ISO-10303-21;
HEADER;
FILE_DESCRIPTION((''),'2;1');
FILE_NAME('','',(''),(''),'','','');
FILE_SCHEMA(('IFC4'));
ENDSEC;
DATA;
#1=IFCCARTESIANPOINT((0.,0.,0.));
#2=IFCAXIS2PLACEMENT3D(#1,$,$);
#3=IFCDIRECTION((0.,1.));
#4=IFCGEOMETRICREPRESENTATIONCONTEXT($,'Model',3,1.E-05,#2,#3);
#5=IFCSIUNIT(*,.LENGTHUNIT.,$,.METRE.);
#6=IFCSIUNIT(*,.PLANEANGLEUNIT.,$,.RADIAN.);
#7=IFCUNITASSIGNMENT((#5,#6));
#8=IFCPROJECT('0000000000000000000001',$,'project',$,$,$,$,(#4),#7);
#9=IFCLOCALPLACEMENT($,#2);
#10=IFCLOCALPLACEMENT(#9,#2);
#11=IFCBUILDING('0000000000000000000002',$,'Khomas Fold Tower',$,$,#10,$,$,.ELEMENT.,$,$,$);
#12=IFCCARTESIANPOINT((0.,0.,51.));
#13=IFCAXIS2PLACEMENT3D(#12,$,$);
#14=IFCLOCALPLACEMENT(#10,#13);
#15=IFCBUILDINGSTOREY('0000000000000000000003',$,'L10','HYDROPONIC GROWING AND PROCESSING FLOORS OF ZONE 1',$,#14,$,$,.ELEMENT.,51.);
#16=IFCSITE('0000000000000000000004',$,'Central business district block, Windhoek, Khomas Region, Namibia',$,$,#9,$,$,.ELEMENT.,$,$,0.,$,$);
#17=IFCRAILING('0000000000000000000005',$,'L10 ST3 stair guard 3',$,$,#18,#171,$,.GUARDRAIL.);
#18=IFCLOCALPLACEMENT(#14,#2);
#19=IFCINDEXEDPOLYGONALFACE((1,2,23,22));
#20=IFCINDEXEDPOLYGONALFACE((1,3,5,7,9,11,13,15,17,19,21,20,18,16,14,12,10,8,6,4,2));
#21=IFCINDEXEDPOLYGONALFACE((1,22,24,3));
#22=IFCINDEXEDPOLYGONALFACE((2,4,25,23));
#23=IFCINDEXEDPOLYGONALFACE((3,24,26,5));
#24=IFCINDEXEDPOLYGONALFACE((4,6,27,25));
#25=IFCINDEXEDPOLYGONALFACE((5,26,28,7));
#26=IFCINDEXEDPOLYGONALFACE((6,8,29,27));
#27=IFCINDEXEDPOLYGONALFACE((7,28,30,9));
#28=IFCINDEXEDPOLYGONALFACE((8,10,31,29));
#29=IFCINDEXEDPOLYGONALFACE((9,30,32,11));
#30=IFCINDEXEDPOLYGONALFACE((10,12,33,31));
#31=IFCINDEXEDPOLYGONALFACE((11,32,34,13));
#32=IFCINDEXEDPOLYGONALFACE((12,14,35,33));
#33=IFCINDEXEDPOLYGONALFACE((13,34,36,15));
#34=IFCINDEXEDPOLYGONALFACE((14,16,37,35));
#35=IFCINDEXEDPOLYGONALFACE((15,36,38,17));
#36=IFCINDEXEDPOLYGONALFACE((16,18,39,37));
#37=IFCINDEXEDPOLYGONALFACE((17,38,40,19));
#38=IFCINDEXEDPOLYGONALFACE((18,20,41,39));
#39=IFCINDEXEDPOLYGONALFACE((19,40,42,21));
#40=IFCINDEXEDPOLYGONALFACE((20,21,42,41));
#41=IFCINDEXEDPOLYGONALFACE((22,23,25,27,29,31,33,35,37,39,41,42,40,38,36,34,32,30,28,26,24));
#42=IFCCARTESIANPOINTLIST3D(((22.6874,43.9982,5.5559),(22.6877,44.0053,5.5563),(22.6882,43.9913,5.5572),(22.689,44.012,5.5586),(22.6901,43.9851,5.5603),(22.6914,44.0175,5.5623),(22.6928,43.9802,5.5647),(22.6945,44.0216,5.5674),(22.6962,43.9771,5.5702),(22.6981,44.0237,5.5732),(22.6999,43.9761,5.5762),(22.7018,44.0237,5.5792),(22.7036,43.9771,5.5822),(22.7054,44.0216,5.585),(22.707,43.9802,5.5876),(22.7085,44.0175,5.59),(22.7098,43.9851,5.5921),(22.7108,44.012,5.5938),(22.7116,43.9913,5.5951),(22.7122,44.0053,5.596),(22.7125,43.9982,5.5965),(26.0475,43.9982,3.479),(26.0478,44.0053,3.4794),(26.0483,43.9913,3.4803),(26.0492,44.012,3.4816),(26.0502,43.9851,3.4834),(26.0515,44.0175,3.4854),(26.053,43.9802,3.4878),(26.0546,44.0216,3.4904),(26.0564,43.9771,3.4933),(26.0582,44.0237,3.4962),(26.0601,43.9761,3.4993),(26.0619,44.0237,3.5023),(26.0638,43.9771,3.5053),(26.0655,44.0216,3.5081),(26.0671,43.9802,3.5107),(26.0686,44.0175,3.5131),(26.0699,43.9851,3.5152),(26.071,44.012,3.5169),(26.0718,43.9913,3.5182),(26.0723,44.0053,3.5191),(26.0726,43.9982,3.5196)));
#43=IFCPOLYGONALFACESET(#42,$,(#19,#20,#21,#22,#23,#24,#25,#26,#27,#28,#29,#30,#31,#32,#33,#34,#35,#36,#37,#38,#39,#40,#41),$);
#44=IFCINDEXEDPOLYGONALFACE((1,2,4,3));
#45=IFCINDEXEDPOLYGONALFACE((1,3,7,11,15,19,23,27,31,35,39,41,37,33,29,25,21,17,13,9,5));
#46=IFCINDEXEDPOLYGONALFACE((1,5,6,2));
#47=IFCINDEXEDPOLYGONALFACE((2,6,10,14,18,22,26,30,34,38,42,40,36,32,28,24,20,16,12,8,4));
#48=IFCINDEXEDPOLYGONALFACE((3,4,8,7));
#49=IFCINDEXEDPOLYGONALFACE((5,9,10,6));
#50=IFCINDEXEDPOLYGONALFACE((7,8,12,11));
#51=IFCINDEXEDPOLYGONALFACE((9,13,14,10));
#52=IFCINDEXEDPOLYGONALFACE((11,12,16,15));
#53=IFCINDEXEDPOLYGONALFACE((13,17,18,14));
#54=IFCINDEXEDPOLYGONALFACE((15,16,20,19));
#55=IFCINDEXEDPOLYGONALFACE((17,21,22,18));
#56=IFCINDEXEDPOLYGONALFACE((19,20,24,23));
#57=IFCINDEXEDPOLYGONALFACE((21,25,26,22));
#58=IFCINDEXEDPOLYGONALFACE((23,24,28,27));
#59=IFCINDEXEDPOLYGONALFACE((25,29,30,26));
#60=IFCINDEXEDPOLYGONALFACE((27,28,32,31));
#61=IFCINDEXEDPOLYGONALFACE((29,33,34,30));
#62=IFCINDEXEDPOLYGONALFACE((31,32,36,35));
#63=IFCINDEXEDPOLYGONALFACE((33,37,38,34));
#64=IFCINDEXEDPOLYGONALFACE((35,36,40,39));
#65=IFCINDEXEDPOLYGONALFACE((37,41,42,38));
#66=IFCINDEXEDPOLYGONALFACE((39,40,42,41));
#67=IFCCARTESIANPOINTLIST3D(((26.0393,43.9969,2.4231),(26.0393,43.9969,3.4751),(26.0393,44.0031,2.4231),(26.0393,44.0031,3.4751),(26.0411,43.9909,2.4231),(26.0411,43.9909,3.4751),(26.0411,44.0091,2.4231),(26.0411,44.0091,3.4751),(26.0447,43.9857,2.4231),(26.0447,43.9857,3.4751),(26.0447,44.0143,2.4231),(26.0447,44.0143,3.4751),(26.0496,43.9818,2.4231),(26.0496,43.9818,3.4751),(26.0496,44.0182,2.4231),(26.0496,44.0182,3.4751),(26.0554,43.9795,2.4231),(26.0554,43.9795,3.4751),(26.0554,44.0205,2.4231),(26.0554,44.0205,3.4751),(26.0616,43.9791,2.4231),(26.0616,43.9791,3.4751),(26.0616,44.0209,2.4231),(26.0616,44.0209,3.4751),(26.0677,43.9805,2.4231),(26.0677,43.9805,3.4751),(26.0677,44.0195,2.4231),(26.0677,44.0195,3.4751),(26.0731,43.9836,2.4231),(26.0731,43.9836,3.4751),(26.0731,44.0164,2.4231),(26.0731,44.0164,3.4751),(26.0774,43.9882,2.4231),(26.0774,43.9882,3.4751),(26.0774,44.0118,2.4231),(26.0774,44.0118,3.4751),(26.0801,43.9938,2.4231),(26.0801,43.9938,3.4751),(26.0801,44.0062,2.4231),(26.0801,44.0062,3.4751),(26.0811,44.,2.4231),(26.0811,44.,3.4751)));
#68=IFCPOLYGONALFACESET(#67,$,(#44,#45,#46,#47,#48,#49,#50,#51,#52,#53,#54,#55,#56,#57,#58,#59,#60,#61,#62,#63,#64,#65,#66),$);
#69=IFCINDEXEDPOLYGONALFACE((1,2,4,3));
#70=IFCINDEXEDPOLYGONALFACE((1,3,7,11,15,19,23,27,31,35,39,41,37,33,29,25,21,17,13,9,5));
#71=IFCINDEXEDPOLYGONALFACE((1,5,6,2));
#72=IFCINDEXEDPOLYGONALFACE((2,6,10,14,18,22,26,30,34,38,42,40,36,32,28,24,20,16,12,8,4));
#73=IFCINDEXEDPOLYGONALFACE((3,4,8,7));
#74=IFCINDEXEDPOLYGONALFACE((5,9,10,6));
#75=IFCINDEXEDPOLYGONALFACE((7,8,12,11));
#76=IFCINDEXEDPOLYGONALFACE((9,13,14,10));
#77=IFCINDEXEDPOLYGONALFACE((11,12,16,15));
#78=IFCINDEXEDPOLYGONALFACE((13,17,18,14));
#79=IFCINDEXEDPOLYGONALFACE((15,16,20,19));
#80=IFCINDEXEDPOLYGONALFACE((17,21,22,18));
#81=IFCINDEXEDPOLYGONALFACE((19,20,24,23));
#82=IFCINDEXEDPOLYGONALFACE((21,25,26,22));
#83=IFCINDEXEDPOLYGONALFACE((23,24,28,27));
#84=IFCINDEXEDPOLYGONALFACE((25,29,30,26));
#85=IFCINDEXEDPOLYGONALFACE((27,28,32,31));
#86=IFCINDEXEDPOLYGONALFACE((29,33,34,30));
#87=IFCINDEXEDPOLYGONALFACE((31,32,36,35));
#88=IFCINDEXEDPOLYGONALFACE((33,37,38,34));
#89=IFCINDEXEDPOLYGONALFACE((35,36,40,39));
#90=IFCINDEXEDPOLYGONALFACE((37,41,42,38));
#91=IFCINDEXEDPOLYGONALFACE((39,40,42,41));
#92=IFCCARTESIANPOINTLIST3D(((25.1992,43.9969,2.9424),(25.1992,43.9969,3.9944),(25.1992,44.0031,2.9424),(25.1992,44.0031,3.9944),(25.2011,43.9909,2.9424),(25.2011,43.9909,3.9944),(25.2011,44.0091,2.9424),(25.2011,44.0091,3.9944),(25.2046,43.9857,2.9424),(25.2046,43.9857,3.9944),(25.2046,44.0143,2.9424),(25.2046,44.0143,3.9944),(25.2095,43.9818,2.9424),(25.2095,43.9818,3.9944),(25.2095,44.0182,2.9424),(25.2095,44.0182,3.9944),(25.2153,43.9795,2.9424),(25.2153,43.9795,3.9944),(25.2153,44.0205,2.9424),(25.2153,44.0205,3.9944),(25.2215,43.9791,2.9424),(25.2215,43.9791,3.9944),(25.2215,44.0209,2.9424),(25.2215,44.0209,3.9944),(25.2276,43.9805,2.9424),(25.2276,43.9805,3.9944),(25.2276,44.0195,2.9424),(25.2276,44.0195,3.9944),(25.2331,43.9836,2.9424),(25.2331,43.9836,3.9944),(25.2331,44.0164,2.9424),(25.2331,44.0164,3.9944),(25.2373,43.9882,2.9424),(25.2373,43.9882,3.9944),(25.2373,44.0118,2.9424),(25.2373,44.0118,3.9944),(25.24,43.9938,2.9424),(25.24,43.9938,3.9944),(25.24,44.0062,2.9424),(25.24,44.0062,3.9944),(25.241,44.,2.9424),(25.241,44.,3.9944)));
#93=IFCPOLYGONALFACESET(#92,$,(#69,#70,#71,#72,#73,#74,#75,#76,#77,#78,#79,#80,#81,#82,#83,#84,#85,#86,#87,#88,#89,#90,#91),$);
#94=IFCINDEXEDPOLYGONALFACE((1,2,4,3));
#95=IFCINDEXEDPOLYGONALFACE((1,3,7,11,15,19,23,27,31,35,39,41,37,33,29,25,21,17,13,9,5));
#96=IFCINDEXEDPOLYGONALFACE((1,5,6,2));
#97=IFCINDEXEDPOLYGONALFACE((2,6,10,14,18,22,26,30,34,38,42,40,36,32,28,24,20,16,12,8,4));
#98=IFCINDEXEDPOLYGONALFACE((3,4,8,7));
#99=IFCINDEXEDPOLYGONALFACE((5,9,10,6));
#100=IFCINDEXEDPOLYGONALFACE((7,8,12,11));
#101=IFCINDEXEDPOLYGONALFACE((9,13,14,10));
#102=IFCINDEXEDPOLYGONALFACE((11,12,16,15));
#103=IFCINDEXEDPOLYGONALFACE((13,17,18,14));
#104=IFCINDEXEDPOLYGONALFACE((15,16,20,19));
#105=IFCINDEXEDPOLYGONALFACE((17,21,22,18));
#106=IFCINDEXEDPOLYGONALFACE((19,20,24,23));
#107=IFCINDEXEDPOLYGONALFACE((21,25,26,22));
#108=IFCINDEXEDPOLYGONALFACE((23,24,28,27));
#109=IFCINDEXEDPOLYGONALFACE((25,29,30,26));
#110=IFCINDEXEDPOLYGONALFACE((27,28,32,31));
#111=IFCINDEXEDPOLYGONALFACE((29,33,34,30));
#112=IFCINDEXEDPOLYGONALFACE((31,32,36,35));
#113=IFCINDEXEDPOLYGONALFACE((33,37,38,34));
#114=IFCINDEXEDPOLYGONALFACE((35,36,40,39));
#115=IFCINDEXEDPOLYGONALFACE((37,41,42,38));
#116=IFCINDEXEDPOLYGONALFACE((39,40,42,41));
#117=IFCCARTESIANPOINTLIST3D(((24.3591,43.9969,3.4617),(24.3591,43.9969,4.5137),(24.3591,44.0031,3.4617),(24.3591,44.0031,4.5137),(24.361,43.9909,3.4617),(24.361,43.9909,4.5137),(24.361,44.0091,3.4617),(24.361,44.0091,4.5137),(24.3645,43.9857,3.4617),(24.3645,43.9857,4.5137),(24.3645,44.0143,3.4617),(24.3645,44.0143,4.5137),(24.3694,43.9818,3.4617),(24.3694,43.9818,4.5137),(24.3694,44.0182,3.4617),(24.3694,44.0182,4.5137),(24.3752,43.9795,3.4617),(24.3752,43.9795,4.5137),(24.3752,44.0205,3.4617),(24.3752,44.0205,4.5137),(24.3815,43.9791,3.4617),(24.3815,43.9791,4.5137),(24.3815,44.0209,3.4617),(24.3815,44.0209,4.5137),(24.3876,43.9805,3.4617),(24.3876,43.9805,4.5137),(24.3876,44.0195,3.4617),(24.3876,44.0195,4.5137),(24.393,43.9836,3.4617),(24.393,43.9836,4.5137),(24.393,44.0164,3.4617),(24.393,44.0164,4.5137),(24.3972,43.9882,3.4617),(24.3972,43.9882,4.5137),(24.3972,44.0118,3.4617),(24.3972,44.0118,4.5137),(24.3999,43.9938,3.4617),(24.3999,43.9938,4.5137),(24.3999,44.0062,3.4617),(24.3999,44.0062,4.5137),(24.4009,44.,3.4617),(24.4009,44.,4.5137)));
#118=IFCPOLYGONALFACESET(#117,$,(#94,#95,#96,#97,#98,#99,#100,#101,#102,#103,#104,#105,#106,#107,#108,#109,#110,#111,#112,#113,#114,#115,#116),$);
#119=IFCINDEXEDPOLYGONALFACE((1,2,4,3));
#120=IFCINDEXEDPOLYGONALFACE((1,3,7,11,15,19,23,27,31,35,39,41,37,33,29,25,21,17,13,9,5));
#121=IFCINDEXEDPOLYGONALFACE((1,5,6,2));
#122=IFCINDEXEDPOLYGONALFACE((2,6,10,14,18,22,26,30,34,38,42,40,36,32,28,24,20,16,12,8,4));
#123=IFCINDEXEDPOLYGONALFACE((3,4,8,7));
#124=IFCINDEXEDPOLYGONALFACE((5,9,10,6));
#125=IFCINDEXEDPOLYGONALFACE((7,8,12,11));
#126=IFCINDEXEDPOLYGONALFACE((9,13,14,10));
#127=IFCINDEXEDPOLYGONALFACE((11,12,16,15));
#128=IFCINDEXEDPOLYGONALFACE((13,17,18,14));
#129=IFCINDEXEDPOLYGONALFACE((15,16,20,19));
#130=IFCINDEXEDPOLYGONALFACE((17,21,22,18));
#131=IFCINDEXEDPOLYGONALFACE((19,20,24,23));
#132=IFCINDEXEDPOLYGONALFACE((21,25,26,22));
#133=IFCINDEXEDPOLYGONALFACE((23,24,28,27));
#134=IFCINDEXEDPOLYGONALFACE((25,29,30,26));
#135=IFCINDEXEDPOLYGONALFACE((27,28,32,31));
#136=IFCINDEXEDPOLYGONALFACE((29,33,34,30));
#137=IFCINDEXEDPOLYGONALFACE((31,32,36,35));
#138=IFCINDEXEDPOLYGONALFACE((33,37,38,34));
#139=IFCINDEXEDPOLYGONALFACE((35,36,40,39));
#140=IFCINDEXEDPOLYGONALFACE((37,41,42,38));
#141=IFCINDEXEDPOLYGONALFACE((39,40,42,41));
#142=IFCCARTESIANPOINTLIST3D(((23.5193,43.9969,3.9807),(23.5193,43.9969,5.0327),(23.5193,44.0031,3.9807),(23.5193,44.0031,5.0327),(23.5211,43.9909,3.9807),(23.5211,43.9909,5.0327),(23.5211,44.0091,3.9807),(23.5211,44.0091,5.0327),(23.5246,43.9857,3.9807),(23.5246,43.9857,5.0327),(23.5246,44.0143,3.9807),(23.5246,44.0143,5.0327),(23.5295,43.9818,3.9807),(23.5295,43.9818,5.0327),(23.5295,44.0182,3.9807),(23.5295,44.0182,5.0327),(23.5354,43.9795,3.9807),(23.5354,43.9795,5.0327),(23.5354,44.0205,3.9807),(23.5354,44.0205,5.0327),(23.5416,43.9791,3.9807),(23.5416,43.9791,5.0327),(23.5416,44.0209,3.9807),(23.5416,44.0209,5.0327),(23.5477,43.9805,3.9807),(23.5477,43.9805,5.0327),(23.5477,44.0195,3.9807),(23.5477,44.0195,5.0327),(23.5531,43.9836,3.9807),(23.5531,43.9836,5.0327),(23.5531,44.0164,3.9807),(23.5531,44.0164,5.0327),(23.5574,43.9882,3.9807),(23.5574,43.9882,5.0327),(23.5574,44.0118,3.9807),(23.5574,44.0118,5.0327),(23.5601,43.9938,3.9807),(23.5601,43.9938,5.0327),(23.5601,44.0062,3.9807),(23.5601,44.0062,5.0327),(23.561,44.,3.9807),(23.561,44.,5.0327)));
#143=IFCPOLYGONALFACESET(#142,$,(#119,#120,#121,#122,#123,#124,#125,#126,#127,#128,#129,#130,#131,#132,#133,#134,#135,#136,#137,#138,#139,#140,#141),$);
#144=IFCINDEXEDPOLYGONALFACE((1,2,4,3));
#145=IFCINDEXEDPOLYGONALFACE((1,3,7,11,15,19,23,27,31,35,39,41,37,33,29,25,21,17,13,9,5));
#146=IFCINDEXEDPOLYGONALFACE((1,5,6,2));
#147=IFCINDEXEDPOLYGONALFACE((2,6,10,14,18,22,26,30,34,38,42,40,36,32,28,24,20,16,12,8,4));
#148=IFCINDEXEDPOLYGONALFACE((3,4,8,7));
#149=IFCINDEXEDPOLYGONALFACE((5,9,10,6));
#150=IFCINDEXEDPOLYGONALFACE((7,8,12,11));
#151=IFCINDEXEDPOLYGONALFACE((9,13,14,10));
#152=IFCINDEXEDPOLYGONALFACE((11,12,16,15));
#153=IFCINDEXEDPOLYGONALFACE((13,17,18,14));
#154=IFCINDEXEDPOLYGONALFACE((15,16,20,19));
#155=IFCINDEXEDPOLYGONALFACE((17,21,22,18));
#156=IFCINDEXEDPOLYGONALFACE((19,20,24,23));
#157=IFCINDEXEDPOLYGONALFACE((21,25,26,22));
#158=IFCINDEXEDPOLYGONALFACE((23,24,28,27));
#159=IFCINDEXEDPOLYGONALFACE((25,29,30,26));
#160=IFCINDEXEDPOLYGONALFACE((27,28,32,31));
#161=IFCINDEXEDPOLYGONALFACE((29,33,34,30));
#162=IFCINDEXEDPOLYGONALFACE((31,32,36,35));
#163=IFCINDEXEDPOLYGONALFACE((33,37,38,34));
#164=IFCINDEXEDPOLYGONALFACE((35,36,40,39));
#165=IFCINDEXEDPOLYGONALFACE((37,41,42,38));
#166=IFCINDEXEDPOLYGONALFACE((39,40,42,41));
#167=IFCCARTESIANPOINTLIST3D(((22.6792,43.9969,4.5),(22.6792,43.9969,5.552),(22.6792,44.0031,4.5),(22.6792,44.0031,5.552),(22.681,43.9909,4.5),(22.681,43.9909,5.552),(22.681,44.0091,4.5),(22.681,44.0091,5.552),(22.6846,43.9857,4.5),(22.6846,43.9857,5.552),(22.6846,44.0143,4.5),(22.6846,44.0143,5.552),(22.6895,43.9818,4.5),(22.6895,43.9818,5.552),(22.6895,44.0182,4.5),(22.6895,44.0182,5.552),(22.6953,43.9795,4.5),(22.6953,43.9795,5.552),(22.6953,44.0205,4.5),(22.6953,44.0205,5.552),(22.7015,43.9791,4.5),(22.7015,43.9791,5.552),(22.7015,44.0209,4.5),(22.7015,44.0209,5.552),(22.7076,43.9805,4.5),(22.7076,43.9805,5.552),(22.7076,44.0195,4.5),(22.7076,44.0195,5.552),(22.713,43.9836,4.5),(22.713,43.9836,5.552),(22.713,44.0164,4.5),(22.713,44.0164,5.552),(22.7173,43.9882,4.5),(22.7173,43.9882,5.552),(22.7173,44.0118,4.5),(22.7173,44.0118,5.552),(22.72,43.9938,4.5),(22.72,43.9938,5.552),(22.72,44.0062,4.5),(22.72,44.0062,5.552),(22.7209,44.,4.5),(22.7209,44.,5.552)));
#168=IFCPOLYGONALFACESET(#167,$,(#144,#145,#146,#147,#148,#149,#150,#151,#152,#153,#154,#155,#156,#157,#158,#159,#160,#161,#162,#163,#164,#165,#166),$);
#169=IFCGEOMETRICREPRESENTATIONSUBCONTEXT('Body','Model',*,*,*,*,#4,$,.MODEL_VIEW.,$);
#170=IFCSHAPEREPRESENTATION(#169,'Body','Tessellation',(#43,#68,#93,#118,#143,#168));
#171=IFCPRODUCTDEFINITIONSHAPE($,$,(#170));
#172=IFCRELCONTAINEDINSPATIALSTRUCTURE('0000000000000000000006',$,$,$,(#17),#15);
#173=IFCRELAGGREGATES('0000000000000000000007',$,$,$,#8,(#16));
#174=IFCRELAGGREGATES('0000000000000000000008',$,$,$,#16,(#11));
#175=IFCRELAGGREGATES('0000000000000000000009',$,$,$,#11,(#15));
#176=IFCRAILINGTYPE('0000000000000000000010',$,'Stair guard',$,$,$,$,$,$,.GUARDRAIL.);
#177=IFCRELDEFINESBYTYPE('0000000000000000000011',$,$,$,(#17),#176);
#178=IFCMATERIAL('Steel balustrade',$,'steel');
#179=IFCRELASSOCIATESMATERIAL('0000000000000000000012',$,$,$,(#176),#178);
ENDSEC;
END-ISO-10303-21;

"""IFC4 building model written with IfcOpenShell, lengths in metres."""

from ifc_helpers import new_model, si_unit, direction, frame, origin, origin_2d, place, context, subcontext, project, spatial, circle, extrude, source, transform, mapped, material, type_object, element, save


model = new_model("IFC4")

# Units and contexts
model_context = context("Model", 3, precision=1e-05, world=origin(), true_north=direction((0.0, 1.0)))
body_context = subcontext(model_context, "Body", "Model", "MODEL_VIEW")
ifc_project = project(units=[si_unit("LENGTHUNIT", "METRE"), si_unit("PLANEANGLEUNIT", "RADIAN")], contexts=[model_context])

# Site, building, storey
site_placement = place(None, origin())
site = spatial("IfcSite", under=ifc_project, at=site_placement, Name="Central business district block, Windhoek, Khomas Region, Namibia", CompositionType="ELEMENT", RefElevation=0.0)
building_placement = place(site_placement, origin())
building = spatial("IfcBuilding", under=site, at=building_placement, Name="Khomas Fold Tower", CompositionType="ELEMENT")
storey_placement = place(building_placement, frame((0.0, 0.0, 51.0)))
storey = spatial("IfcBuildingStorey", under=building, at=storey_placement, Name="L10", Description="HYDROPONIC GROWING AND PROCESSING FLOORS OF ZONE 1", CompositionType="ELEMENT", Elevation=51.0)

# Railing
ifc_material_1 = material(Name="Steel balustrade", Category="steel")
railing_type_1 = type_object("IfcRailingType", Name="Stair guard", PredefinedType="GUARDRAIL", material=ifc_material_1)
shared_shape_1 = source(origin(), body_context, "Body", "SweptSolid", [
    extrude(circle(Radius=0.0239, at=origin_2d()), frame((0.0, 0.0, 1.0762), z_axis=(-0.850623, 0.0, 0.525776), x_axis=(0.0, -1.0, 0.0)), (0.0, 0.0, 1.0), 3.9502),
    extrude(circle(Radius=0.021, at=origin_2d()), origin(), (0.0, 0.0, 1.0), 1.052),
    extrude(circle(Radius=0.021, at=origin_2d()), frame((-0.8401, 0.0, 0.5193)), (0.0, 0.0, 1.0), 1.052),
    extrude(circle(Radius=0.021, at=origin_2d()), frame((-1.6802, 0.0, 1.0386)), (0.0, 0.0, 1.0), 1.052),
    extrude(circle(Radius=0.021, at=origin_2d()), frame((-2.52, 0.0, 1.5576)), (0.0, 0.0, 1.0), 1.052),
    extrude(circle(Radius=0.021, at=origin_2d()), frame((-3.3601, 0.0, 2.0769)), (0.0, 0.0, 1.0), 1.052),
])
railing_1_placement = place(storey_placement, frame((26.0601, 44.0, 2.4231)))
element("IfcRailing", 1, at=railing_1_placement, inside=storey, type_object=railing_type_1, Name="L10 ST3 stair guard 3", PredefinedType="GUARDRAIL", context=body_context, shape_type="MappedRepresentation", body=[
    mapped(shared_shape_1, transform((0.0, 0.0, 0.0))),
])

save(model, "model.ifc")
